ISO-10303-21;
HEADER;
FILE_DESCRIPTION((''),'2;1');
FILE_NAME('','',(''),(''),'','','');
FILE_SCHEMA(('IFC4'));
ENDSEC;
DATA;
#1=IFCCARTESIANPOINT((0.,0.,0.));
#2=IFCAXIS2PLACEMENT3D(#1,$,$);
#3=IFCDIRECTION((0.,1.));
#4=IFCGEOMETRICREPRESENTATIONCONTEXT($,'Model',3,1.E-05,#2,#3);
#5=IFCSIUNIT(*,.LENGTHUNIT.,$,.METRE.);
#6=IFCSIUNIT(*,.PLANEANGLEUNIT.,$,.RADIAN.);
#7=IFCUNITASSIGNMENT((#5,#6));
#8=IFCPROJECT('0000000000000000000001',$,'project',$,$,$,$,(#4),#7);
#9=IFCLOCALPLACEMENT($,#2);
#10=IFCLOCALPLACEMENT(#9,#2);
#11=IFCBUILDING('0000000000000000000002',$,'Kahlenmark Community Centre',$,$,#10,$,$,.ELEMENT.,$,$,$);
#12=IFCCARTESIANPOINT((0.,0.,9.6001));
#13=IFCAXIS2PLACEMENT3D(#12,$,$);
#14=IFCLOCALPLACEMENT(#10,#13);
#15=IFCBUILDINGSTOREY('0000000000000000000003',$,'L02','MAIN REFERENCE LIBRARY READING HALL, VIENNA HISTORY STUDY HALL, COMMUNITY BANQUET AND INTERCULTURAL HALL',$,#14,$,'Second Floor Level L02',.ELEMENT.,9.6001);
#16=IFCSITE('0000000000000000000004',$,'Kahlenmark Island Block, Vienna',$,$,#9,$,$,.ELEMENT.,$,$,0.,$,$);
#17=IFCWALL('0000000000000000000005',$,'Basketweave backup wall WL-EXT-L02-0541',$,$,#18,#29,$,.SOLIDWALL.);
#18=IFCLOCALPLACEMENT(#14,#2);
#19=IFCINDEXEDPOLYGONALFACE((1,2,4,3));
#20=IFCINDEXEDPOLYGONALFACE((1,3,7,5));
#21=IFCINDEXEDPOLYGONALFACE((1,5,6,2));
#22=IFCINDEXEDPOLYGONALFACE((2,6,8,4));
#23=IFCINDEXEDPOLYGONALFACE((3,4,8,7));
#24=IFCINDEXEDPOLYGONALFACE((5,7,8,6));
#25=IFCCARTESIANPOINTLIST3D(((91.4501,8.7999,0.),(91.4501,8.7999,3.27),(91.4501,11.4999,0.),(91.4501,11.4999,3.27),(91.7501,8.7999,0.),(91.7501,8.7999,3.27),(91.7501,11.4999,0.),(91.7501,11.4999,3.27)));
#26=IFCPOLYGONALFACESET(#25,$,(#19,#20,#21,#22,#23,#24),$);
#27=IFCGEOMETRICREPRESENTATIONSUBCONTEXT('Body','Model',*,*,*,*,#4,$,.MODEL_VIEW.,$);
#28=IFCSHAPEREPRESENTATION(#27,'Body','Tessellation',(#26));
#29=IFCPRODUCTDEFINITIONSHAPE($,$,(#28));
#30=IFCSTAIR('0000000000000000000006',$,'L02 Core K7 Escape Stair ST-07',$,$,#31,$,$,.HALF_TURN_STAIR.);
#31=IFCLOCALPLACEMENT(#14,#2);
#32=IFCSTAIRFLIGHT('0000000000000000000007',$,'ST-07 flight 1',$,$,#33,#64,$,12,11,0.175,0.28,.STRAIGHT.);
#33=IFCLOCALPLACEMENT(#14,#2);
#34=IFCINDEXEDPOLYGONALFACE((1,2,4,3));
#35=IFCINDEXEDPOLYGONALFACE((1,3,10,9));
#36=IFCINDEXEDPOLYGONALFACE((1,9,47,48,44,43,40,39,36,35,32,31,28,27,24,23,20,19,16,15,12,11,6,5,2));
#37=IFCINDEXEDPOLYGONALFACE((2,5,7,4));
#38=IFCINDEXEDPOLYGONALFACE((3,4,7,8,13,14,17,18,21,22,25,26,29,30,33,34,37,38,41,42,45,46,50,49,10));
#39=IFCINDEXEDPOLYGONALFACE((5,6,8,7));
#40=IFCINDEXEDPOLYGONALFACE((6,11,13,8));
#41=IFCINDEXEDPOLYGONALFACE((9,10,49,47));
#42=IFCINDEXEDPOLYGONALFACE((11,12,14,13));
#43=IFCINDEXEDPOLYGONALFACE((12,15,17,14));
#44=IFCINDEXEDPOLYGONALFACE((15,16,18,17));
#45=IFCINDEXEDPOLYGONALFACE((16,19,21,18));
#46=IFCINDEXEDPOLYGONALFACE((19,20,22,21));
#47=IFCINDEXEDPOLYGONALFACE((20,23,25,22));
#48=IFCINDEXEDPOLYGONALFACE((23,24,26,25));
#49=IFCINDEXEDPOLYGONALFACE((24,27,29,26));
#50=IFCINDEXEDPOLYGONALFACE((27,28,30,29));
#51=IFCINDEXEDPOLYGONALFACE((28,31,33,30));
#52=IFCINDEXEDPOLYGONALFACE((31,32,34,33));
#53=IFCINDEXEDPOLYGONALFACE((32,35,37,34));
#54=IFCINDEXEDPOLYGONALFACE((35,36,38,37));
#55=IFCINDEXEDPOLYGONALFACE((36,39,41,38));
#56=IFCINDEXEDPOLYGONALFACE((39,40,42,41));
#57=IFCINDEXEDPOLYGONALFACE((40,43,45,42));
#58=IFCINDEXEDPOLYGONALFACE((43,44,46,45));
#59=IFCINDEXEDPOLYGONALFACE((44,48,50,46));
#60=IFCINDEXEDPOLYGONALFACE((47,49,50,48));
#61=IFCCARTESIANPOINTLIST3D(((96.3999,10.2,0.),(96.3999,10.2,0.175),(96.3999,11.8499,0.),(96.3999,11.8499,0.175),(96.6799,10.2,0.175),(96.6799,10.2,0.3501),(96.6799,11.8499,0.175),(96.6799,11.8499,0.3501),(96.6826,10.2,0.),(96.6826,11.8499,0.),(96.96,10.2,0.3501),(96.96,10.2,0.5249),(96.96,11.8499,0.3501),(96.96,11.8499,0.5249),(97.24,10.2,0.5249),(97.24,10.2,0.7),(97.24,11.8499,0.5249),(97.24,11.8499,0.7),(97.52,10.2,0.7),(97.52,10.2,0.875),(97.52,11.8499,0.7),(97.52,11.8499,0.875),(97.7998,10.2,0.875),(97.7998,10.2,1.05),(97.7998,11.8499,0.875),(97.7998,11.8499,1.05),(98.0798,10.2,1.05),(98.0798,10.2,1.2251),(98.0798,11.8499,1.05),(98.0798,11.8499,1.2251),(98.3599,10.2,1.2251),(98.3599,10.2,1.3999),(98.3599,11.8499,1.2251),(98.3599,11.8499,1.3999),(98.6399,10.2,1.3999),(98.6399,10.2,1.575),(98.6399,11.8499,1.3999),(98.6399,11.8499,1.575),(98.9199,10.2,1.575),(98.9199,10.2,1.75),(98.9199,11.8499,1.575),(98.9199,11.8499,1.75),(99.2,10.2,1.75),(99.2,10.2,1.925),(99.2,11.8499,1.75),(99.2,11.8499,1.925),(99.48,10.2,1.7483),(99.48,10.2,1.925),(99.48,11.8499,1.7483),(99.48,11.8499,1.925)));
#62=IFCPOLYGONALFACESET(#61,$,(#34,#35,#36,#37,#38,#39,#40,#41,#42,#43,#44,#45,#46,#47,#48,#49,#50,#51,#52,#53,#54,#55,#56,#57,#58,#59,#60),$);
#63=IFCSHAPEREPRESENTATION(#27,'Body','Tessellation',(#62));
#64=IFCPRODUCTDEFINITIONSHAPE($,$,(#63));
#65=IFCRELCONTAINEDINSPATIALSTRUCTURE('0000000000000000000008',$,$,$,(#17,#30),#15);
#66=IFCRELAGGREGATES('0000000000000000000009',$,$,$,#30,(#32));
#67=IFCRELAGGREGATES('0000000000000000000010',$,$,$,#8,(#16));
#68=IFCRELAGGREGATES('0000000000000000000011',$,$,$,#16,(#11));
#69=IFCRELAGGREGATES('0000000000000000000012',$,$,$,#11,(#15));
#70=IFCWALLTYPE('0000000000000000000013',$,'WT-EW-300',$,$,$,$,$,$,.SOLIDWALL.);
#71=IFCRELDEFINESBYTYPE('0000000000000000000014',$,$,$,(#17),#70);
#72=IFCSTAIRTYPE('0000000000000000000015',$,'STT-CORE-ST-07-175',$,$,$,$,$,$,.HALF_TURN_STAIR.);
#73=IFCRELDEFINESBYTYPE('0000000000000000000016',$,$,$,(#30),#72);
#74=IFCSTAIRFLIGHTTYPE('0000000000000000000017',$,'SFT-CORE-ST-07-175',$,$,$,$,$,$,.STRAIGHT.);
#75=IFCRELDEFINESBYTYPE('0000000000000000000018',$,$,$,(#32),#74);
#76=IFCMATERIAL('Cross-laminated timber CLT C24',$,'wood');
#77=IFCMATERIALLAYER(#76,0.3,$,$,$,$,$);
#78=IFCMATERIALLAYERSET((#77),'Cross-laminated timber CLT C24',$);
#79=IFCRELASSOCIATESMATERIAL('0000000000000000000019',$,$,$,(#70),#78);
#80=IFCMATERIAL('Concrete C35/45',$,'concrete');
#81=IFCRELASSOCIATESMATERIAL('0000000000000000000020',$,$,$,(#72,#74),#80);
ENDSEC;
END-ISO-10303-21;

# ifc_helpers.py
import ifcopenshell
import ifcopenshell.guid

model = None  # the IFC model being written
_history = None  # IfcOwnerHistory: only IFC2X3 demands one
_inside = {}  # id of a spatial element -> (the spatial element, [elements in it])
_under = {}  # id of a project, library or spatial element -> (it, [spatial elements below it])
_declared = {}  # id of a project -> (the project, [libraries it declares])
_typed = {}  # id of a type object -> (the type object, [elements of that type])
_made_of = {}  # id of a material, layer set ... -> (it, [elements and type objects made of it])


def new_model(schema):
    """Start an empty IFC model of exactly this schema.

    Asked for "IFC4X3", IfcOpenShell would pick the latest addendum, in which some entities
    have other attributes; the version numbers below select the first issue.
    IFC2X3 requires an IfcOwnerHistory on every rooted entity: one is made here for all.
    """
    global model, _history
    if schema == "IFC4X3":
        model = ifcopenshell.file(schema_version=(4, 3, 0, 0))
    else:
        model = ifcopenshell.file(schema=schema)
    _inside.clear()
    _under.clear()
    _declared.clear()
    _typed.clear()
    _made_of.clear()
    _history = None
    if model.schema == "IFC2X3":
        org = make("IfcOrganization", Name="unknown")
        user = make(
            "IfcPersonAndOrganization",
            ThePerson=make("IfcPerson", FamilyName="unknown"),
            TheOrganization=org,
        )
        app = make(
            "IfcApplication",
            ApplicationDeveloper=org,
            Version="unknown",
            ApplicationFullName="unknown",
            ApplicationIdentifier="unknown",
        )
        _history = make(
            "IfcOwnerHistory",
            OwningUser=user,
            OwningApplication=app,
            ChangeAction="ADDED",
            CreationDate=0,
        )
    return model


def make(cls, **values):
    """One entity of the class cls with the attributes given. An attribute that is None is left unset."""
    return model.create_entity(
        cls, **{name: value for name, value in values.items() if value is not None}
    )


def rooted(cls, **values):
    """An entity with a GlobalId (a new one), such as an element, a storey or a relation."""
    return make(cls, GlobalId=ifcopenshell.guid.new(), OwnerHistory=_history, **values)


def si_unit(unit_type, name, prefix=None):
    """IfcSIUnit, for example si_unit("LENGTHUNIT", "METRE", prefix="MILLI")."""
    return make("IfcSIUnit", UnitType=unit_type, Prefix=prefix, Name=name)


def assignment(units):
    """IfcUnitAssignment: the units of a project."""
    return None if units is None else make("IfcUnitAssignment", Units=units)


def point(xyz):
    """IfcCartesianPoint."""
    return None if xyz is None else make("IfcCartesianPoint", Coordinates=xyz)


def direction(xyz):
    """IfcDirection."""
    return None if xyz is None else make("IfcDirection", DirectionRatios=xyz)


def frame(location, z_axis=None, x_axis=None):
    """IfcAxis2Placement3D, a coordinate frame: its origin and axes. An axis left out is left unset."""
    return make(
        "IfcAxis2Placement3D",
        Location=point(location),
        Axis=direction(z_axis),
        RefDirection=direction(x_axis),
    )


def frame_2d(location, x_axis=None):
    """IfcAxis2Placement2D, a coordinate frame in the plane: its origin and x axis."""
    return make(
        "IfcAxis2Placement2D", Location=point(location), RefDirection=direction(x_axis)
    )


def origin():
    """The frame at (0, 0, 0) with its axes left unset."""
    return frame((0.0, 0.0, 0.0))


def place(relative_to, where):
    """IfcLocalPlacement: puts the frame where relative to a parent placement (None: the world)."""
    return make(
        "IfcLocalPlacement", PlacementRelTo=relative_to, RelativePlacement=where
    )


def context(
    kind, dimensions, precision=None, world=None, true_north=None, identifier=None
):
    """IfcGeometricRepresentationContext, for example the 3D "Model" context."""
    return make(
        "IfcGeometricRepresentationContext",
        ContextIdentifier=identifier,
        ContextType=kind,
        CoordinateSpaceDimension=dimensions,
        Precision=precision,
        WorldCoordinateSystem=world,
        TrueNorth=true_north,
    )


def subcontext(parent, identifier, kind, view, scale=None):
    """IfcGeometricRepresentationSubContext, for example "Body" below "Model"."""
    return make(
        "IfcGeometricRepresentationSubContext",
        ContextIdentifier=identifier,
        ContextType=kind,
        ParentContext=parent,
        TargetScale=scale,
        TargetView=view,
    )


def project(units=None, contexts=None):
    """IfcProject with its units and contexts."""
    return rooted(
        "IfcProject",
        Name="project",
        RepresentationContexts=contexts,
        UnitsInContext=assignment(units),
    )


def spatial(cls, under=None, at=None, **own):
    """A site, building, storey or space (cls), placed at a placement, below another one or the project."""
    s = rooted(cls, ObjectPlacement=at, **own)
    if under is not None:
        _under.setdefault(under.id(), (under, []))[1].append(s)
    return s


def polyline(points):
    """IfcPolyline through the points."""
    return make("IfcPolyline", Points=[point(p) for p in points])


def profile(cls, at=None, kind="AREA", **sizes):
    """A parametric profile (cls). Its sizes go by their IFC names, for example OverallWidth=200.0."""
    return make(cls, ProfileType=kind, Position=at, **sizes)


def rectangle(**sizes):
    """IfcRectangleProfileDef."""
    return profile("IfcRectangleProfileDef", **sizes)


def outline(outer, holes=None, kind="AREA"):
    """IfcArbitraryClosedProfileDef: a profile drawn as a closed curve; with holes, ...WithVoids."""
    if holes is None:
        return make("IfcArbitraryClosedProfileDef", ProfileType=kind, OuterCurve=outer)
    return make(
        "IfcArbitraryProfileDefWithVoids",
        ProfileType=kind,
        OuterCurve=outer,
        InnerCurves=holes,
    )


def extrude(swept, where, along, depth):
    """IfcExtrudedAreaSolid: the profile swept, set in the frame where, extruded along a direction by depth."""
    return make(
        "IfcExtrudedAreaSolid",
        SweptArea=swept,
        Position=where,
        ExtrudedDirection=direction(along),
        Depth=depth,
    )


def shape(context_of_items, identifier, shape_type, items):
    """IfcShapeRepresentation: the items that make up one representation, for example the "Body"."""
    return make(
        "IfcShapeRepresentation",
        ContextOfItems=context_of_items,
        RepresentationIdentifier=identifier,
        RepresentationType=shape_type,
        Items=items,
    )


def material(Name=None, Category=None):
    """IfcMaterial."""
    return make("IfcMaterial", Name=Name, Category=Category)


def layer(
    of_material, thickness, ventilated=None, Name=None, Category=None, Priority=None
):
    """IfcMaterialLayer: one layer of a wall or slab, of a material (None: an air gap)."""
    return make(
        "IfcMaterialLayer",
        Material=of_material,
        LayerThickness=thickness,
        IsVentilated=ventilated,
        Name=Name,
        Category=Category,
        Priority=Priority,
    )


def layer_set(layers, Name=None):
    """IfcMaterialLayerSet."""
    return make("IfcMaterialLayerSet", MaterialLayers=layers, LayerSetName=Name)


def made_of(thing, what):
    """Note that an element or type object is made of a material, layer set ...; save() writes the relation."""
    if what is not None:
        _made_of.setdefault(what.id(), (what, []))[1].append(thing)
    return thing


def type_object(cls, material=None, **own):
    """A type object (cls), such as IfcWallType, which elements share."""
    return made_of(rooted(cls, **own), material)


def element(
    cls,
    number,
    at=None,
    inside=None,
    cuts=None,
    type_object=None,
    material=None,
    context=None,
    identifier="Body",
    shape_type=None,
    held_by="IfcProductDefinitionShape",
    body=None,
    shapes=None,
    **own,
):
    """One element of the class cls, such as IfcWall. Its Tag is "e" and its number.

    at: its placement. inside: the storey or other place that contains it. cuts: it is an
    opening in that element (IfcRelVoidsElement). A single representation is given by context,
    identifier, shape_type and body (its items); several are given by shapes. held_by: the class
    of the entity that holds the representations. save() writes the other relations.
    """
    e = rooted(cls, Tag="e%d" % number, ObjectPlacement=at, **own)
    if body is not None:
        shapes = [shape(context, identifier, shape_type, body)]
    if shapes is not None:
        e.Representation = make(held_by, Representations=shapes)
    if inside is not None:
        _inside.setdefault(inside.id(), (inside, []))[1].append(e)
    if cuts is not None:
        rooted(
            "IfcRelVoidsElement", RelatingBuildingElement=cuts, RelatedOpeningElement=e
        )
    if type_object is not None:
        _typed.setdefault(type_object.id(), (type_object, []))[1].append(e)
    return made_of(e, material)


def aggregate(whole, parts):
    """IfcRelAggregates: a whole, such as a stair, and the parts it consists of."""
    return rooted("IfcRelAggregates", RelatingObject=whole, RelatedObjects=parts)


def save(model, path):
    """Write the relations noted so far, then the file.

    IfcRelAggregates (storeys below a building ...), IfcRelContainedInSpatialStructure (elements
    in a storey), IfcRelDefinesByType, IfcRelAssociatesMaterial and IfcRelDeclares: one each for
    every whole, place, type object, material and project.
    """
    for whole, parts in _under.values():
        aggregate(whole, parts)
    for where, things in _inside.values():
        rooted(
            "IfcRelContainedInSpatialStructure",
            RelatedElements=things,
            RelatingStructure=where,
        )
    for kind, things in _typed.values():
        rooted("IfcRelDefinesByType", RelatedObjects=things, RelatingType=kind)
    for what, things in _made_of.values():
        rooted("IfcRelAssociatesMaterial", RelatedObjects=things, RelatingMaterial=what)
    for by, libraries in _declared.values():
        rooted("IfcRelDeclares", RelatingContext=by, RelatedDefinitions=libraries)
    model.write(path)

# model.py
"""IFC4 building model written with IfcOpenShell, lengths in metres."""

from ifc_helpers import new_model, si_unit, direction, frame, frame_2d, origin, place, context, subcontext, project, spatial, polyline, rectangle, outline, extrude, material, layer, layer_set, type_object, element, aggregate, save


model = new_model("IFC4")

# Units and contexts
model_context = context("Model", 3, precision=1e-05, world=origin(), true_north=direction((0.0, 1.0)))
body_context = subcontext(model_context, "Body", "Model", "MODEL_VIEW")
ifc_project = project(units=[si_unit("LENGTHUNIT", "METRE"), si_unit("PLANEANGLEUNIT", "RADIAN")], contexts=[model_context])

# Site, building, storey
site_placement = place(None, origin())
site = spatial("IfcSite", under=ifc_project, at=site_placement, Name="Kahlenmark Island Block, Vienna", CompositionType="ELEMENT", RefElevation=0.0)
building_placement = place(site_placement, origin())
building = spatial("IfcBuilding", under=site, at=building_placement, Name="Kahlenmark Community Centre", CompositionType="ELEMENT")
storey_placement = place(building_placement, frame((0.0, 0.0, 9.6001)))
storey = spatial("IfcBuildingStorey", under=building, at=storey_placement, Name="L02", Description="MAIN REFERENCE LIBRARY READING HALL, VIENNA HISTORY STUDY HALL, COMMUNITY BANQUET AND INTERCULTURAL HALL", LongName="Second Floor Level L02", CompositionType="ELEMENT", Elevation=9.6001)

# Shared definitions
ifc_material_1 = material(Name="Concrete C35/45", Category="concrete")

# Wall
ifc_material_2 = material(Name="Cross-laminated timber CLT C24", Category="wood")
ifc_layer_1 = layer(ifc_material_2, 0.3)
ifc_layer_set_1 = layer_set([ifc_layer_1], Name="Cross-laminated timber CLT C24")
wall_type_1 = type_object("IfcWallType", Name="WT-EW-300", PredefinedType="SOLIDWALL", material=ifc_layer_set_1)
wall_1_placement = place(storey_placement, frame((91.6001, 11.5, 0.0), z_axis=(0.0, 0.0, 1.0), x_axis=(0.0, -1.0, 0.0)))
element("IfcWall", 1, at=wall_1_placement, inside=storey, type_object=wall_type_1, Name="Basketweave backup wall WL-EXT-L02-0541", PredefinedType="SOLIDWALL", context=body_context, shape_type="SweptSolid", body=[
    extrude(rectangle(XDim=2.7, YDim=0.3, at=frame_2d((1.3501, 0.0))), origin(), (0.0, 0.0, 1.0), 3.27),
])

# Stair, stair flight
stair_type = type_object("IfcStairType", Name="STT-CORE-ST-07-175", PredefinedType="HALF_TURN_STAIR", material=ifc_material_1)
stair_placement = place(storey_placement, origin())
stair = element("IfcStair", 2, at=stair_placement, inside=storey, type_object=stair_type, Name="L02 Core K7 Escape Stair ST-07", PredefinedType="HALF_TURN_STAIR")
stair_flight_type = type_object("IfcStairFlightType", Name="SFT-CORE-ST-07-175", PredefinedType="STRAIGHT", material=ifc_material_1)
stair_flight_placement = place(storey_placement, frame((96.3999, 11.0249, 0.0), z_axis=(0.0, 0.0, 1.0), x_axis=(1.0, 0.0, 0.0)))
stair_flight = element("IfcStairFlight", 3, at=stair_flight_placement, type_object=stair_flight_type, Name="ST-07 flight 1", NumberOfRisers=12, NumberOfTreads=11, PredefinedType="STRAIGHT", RiserHeight=0.175, TreadLength=0.28, context=body_context, shape_type="SweptSolid", body=[
    extrude(outline(polyline([(0.0, 0.0), (0.0, 0.175), (0.28, 0.175), (0.28, 0.3501), (0.5601, 0.3501), (0.5601, 0.5249), (0.8401, 0.5249), (0.8401, 0.7), (1.1201, 0.7), (1.1201, 0.875), (1.3999, 0.875), (1.3999, 1.05), (1.6799, 1.05), (1.6799, 1.2251), (1.96, 1.2251), (1.96, 1.3999), (2.24, 1.3999), (2.24, 1.575), (2.52, 1.575), (2.52, 1.75), (2.8, 1.75), (2.8, 1.925), (3.0801, 1.925), (3.0801, 2.1001), (3.0801, 1.7483), (0.2827, 0.0), (0.0, 0.0)])), frame((0.0, 0.825, 0.0), z_axis=(0.0, -1.0, 0.0), x_axis=(1.0, 0.0, 0.0)), (0.0, 0.0, 1.0), 1.6499),
])
aggregate(stair, [stair_flight])

save(model, "model.ifc")
